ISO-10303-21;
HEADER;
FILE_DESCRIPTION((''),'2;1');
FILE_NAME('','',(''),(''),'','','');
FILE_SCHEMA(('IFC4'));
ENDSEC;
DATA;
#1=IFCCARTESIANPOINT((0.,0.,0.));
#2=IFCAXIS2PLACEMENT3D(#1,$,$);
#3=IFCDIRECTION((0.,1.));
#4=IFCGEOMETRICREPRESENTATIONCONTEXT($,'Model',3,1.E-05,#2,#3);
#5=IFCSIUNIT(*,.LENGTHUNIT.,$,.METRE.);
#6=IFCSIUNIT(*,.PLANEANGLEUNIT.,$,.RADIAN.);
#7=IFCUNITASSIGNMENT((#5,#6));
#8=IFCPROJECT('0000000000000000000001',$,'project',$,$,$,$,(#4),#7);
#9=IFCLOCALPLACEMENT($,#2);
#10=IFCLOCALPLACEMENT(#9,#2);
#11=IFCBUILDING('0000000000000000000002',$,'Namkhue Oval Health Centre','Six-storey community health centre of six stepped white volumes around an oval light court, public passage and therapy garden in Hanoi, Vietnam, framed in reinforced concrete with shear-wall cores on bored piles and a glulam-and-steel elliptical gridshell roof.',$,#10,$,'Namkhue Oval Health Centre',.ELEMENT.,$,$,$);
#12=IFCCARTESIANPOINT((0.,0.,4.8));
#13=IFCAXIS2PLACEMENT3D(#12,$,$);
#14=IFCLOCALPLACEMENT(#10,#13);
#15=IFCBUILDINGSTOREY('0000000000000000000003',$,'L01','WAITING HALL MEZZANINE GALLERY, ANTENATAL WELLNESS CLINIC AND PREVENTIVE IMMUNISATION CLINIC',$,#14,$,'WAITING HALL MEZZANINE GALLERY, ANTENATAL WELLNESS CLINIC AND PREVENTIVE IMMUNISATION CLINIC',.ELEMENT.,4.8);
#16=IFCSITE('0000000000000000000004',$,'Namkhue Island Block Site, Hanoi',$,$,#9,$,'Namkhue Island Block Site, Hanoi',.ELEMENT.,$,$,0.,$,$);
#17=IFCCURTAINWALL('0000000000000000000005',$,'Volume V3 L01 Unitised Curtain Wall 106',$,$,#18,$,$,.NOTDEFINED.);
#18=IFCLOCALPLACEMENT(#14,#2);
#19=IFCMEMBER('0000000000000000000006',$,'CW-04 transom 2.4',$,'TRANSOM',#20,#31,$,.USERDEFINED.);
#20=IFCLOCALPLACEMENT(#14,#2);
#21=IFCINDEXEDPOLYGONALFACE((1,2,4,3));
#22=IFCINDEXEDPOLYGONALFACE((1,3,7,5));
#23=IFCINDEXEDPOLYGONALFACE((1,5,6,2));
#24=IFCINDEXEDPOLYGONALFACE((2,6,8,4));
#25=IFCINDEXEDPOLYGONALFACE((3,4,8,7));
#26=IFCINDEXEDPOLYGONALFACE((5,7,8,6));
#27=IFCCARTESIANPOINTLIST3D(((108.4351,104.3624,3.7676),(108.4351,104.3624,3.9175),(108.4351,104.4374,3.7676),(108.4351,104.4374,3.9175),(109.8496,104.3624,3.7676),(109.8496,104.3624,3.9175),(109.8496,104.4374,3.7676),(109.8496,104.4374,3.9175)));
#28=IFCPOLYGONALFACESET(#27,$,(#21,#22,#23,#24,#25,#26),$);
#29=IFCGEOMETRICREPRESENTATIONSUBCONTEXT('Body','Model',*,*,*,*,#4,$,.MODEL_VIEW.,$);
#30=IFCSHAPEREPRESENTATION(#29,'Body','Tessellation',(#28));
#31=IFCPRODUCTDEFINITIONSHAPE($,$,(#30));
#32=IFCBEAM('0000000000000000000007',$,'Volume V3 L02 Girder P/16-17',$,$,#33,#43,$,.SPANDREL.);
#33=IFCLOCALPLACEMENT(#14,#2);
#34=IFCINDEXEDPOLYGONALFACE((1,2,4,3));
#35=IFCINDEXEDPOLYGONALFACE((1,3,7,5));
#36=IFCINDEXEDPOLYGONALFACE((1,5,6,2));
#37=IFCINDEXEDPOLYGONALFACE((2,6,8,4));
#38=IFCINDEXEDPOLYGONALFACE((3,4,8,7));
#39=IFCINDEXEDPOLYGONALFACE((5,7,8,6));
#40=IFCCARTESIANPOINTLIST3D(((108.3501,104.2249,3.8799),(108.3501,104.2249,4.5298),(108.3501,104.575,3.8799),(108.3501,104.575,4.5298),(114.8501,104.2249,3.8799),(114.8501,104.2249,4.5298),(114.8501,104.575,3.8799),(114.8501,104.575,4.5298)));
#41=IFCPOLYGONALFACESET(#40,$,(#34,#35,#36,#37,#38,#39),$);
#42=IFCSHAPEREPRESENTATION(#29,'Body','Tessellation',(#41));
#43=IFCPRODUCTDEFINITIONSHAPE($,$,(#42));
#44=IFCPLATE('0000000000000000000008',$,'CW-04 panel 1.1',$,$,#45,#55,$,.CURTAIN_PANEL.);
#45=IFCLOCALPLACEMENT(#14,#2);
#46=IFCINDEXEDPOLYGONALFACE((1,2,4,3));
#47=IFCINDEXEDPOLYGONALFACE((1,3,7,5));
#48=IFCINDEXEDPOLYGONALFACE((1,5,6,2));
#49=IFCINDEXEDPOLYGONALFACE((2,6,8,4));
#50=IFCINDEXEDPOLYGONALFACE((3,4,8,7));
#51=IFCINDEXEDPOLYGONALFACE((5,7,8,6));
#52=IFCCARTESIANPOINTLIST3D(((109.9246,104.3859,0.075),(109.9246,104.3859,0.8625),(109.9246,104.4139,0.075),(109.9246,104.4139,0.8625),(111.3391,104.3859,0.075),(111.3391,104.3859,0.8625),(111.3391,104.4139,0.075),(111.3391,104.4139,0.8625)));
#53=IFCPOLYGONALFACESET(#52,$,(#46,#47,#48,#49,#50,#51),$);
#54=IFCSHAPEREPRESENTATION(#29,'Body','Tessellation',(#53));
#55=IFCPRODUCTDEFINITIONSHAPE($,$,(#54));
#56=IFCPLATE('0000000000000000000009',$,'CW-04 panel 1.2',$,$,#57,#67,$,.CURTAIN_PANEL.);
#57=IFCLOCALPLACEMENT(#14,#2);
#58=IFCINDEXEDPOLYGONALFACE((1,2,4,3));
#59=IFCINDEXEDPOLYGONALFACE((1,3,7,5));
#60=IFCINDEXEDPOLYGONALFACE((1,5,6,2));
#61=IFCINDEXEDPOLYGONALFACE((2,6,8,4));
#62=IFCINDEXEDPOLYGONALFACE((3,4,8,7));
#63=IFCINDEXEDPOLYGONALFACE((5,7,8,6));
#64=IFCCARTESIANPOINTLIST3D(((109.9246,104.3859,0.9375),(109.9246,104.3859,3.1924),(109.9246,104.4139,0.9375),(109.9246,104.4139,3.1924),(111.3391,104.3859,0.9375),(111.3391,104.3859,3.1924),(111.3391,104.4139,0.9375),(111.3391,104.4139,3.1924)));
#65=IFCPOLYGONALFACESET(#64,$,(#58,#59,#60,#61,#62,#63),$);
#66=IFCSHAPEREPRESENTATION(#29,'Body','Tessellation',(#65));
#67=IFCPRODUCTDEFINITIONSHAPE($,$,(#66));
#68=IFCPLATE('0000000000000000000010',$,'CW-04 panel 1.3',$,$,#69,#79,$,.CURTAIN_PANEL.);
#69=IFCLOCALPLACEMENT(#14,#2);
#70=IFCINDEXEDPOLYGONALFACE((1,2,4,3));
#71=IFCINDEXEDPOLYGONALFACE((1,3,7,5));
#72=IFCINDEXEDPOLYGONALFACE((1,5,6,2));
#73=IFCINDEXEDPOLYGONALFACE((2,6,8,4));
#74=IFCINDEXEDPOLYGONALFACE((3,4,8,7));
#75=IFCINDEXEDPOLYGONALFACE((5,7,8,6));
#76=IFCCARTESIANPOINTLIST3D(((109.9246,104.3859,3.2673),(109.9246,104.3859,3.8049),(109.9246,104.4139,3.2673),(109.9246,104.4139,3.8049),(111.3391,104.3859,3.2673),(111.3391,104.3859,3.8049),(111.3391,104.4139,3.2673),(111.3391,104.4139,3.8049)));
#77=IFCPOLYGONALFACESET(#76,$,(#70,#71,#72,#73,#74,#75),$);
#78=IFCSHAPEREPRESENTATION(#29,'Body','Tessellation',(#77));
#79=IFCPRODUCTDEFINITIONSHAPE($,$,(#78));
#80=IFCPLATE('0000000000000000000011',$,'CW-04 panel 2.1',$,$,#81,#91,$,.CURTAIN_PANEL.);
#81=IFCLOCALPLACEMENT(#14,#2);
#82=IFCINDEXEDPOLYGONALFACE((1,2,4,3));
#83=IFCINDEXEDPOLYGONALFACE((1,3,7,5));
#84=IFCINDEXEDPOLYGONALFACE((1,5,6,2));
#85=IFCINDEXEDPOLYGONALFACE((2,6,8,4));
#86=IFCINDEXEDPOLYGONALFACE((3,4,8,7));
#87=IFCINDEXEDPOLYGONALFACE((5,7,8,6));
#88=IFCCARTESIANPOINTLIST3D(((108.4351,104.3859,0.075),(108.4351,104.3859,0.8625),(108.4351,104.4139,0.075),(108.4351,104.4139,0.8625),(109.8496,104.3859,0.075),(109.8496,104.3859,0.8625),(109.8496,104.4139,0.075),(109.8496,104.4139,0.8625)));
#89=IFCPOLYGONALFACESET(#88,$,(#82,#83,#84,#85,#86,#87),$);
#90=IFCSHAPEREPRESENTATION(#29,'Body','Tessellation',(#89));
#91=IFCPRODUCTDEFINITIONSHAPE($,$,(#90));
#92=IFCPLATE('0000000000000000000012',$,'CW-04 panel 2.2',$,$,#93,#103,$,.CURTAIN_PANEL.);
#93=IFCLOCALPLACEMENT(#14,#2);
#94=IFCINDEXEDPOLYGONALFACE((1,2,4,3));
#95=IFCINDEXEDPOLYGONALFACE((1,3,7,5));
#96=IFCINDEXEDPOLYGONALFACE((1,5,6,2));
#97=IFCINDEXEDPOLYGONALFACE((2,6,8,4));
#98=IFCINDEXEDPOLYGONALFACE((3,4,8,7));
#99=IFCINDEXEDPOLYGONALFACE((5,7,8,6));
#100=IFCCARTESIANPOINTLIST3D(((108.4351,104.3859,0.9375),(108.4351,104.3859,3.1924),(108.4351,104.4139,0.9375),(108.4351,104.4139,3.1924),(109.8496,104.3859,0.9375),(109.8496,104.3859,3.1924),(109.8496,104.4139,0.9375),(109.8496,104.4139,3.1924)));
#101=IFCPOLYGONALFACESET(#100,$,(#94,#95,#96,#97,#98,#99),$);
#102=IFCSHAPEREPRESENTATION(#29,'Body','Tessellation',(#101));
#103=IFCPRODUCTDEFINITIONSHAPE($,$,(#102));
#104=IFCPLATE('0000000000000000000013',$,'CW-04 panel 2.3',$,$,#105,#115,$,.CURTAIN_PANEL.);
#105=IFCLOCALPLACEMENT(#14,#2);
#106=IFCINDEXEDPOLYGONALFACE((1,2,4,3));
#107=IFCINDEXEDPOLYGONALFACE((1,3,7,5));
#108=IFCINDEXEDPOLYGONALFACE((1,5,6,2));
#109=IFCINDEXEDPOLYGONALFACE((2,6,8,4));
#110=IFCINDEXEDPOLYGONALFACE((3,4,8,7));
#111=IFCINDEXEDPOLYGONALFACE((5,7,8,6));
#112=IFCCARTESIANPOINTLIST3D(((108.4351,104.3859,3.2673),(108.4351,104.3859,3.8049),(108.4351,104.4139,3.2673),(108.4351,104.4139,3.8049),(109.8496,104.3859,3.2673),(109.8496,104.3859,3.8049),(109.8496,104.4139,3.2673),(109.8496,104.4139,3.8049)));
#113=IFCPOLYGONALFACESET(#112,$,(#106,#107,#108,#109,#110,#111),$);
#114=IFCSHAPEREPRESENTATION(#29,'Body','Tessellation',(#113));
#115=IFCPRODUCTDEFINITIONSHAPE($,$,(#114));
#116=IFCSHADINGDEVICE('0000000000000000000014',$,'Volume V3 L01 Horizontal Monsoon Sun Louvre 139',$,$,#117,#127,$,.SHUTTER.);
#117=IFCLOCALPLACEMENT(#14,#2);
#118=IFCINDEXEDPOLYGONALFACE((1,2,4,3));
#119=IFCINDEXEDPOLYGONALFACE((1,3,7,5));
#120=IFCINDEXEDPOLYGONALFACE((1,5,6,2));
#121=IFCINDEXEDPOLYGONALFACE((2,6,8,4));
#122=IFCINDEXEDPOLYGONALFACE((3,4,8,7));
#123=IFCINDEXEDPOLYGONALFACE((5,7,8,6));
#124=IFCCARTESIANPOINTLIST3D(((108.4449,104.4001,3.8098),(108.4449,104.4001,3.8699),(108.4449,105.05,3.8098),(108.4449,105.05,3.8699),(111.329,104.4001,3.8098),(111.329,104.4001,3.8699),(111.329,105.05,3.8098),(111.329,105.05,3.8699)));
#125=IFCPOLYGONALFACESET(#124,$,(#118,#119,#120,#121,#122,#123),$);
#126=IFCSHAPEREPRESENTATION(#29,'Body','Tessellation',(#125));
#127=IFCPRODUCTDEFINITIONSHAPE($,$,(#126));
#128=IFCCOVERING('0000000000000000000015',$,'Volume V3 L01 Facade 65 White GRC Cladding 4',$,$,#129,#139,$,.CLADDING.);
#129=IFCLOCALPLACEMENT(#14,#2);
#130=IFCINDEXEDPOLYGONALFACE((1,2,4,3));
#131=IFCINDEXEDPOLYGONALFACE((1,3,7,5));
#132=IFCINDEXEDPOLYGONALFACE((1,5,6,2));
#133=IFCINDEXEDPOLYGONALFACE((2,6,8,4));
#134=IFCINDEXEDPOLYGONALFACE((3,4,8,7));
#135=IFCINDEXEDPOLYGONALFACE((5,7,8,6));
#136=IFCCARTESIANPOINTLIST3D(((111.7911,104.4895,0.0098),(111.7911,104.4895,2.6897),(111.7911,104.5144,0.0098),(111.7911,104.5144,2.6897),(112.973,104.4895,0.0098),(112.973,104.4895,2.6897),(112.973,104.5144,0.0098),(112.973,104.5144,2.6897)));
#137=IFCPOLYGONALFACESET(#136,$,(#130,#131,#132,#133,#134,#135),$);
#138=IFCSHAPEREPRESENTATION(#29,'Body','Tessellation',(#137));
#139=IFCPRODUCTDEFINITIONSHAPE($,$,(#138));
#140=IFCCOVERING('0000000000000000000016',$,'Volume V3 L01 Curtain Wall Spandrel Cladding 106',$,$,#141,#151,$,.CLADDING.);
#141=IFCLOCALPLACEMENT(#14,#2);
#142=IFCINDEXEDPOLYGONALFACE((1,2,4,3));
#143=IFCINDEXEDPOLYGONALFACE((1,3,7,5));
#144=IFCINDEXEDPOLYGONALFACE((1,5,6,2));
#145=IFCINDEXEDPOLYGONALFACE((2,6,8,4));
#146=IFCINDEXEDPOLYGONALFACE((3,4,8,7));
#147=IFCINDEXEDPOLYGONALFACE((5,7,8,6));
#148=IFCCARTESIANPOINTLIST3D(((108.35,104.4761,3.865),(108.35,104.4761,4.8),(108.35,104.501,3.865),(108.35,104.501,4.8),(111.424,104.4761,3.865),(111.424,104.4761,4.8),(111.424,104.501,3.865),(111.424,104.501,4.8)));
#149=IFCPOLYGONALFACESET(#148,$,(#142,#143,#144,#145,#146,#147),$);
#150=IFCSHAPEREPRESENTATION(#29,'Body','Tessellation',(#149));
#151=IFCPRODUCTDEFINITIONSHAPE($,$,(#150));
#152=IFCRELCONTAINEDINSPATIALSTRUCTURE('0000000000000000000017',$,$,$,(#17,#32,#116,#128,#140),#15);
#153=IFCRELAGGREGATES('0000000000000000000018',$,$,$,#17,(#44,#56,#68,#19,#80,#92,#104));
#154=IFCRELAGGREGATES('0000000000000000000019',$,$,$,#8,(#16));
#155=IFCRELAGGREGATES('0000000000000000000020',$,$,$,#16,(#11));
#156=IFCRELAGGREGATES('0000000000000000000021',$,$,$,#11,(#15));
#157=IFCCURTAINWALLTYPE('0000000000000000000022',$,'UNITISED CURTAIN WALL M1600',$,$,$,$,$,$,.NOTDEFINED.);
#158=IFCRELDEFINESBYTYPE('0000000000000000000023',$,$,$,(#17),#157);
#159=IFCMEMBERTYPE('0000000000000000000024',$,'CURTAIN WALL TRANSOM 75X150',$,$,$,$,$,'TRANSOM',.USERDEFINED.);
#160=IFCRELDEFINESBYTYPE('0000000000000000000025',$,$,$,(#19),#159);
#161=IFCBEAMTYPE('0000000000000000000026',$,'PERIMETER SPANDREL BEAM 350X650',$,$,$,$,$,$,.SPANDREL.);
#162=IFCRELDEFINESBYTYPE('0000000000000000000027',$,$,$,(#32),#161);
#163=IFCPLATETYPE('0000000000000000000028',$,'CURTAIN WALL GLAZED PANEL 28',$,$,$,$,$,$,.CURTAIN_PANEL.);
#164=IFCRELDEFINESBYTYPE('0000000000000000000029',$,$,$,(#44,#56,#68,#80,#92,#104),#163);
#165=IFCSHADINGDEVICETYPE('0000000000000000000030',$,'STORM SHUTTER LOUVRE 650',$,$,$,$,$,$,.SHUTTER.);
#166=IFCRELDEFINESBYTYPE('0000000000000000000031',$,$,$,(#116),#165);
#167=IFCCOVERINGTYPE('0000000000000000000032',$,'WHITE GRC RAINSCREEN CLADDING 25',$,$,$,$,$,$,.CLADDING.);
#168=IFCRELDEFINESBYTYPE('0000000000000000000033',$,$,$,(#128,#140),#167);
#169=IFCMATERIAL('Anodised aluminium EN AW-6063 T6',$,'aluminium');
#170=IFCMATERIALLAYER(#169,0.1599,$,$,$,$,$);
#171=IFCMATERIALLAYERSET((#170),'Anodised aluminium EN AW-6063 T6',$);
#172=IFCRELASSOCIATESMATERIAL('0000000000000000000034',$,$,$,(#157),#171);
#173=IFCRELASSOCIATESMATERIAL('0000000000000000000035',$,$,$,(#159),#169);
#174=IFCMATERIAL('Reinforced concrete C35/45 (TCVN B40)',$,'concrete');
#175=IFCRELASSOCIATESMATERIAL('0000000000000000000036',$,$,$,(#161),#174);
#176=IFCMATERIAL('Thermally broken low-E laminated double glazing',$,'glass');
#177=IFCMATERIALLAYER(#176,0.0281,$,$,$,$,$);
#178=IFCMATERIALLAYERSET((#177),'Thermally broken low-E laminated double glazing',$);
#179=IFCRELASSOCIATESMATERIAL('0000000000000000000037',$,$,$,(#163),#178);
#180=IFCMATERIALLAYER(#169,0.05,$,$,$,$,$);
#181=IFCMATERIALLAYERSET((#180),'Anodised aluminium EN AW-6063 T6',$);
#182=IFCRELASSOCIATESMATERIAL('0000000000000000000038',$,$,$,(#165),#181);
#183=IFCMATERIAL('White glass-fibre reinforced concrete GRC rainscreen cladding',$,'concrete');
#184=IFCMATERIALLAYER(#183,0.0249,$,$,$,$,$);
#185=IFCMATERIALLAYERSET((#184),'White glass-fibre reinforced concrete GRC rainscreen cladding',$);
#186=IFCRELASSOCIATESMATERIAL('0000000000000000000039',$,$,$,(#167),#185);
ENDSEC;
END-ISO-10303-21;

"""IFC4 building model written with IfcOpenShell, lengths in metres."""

from ifc_helpers import new_model, si_unit, direction, frame, origin, origin_2d, place, context, subcontext, project, spatial, rectangle, extrude, material, layer, layer_set, material_profile, profile_set, type_object, element, aggregate, save


model = new_model("IFC4")

# Units and contexts
model_context = context("Model", 3, precision=1e-05, world=origin(), true_north=direction((0.0, 1.0)))
body_context = subcontext(model_context, "Body", "Model", "MODEL_VIEW")
ifc_project = project(units=[si_unit("LENGTHUNIT", "METRE"), si_unit("PLANEANGLEUNIT", "RADIAN")], contexts=[model_context])

# Site, building, storey
site_placement = place(None, origin())
site = spatial("IfcSite", under=ifc_project, at=site_placement, Name="Namkhue Island Block Site, Hanoi", LongName="Namkhue Island Block Site, Hanoi", CompositionType="ELEMENT", RefElevation=0.0)
building_placement = place(site_placement, origin())
building = spatial("IfcBuilding", under=site, at=building_placement, Name="Namkhue Oval Health Centre", Description="Six-storey community health centre of six stepped white volumes around an oval light court, public passage and therapy garden in Hanoi, Vietnam, framed in reinforced concrete with shear-wall cores on bored piles and a glulam-and-steel elliptical gridshell roof.", LongName="Namkhue Oval Health Centre", CompositionType="ELEMENT")
storey_placement = place(building_placement, frame((0.0, 0.0, 4.8)))
storey = spatial("IfcBuildingStorey", under=building, at=storey_placement, Name="L01", Description="WAITING HALL MEZZANINE GALLERY, ANTENATAL WELLNESS CLINIC AND PREVENTIVE IMMUNISATION CLINIC", LongName="WAITING HALL MEZZANINE GALLERY, ANTENATAL WELLNESS CLINIC AND PREVENTIVE IMMUNISATION CLINIC", CompositionType="ELEMENT", Elevation=4.8)

# Shared definitions
ifc_material_1 = material(Name="Reinforced concrete C35/45 (TCVN B40)", Category="concrete")

# Curtain wall, member
ifc_material_2 = material(Name="Anodised aluminium EN AW-6063 T6", Category="aluminium")
ifc_layer_1 = layer(ifc_material_2, 0.1599)
ifc_layer_set_1 = layer_set([ifc_layer_1], Name="Anodised aluminium EN AW-6063 T6")
curtain_wall_type = type_object("IfcCurtainWallType", Name="UNITISED CURTAIN WALL M1600", PredefinedType="NOTDEFINED", material=ifc_layer_set_1)
curtain_wall_placement = place(storey_placement, origin())
curtain_wall = element("IfcCurtainWall", 1, at=curtain_wall_placement, inside=storey, type_object=curtain_wall_type, Name="Volume V3 L01 Unitised Curtain Wall 106", PredefinedType="NOTDEFINED")
ifc_material_profile_1 = material_profile(ifc_material_2, rectangle(XDim=0.075, YDim=0.1499, at=origin_2d()), Name="ALU 75x150")
ifc_profile_set_1 = profile_set([ifc_material_profile_1], Name="Anodised aluminium EN AW-6063 T6")
member_type_1 = type_object("IfcMemberType", Name="CURTAIN WALL TRANSOM 75X150", ElementType="TRANSOM", PredefinedType="USERDEFINED", material=ifc_profile_set_1)
member_1_placement = place(storey_placement, frame((109.8496, 104.3999, 3.8425), z_axis=(-1.0, 0.0, 0.0), x_axis=(0.0, -1.0, 0.0)))
member_1 = element("IfcMember", 2, at=member_1_placement, type_object=member_type_1, Name="CW-04 transom 2.4", ObjectType="TRANSOM", PredefinedType="USERDEFINED", context=body_context, shape_type="SweptSolid", body=[
    extrude(rectangle(XDim=0.075, YDim=0.1499, at=origin_2d()), origin(), (0.0, 0.0, 1.0), 1.4146),
])

# Beam
ifc_material_profile_2 = material_profile(ifc_material_1, rectangle(XDim=0.3501, YDim=0.6499, at=origin_2d()), Name="RC 350x650")
ifc_profile_set_2 = profile_set([ifc_material_profile_2], Name="Reinforced concrete C35/45 (TCVN B40)")
beam_type = type_object("IfcBeamType", Name="PERIMETER SPANDREL BEAM 350X650", PredefinedType="SPANDREL", material=ifc_profile_set_2)
beam_placement = place(storey_placement, frame((108.3501, 104.3999, 4.2048), z_axis=(1.0, 0.0, 0.0), x_axis=(0.0, 1.0, 0.0)))
element("IfcBeam", 3, at=beam_placement, inside=storey, type_object=beam_type, Name="Volume V3 L02 Girder P/16-17", PredefinedType="SPANDREL", context=body_context, shape_type="SweptSolid", body=[
    extrude(rectangle(XDim=0.3501, YDim=0.6499, at=origin_2d()), origin(), (0.0, 0.0, 1.0), 6.5),
])

# Plates
ifc_material_3 = material(Name="Thermally broken low-E laminated double glazing", Category="glass")
ifc_layer_2 = layer(ifc_material_3, 0.0281)
ifc_layer_set_2 = layer_set([ifc_layer_2], Name="Thermally broken low-E laminated double glazing")
plate_type = type_object("IfcPlateType", Name="CURTAIN WALL GLAZED PANEL 28", PredefinedType="CURTAIN_PANEL", material=ifc_layer_set_2)
plate_1_placement = place(storey_placement, frame((110.6318, 104.3999, 0.075), z_axis=(0.0, 0.0, 1.0), x_axis=(-1.0, 0.0, 0.0)))
plate_1 = element("IfcPlate", 4, at=plate_1_placement, type_object=plate_type, Name="CW-04 panel 1.1", PredefinedType="CURTAIN_PANEL", context=body_context, shape_type="SweptSolid", body=[
    extrude(rectangle(XDim=1.4146, YDim=0.0281, at=origin_2d()), origin(), (0.0, 0.0, 1.0), 0.7876),
])
plate_2_placement = place(storey_placement, frame((110.6318, 104.3999, 0.9375), z_axis=(0.0, 0.0, 1.0), x_axis=(-1.0, 0.0, 0.0)))
plate_2 = element("IfcPlate", 5, at=plate_2_placement, type_object=plate_type, Name="CW-04 panel 1.2", PredefinedType="CURTAIN_PANEL", context=body_context, shape_type="SweptSolid", body=[
    extrude(rectangle(XDim=1.4146, YDim=0.0281, at=origin_2d()), origin(), (0.0, 0.0, 1.0), 2.2549),
])
plate_3_placement = place(storey_placement, frame((110.6318, 104.3999, 3.2673), z_axis=(0.0, 0.0, 1.0), x_axis=(-1.0, 0.0, 0.0)))
plate_3 = element("IfcPlate", 6, at=plate_3_placement, type_object=plate_type, Name="CW-04 panel 1.3", PredefinedType="CURTAIN_PANEL", context=body_context, shape_type="SweptSolid", body=[
    extrude(rectangle(XDim=1.4146, YDim=0.0281, at=origin_2d()), origin(), (0.0, 0.0, 1.0), 0.5376),
])
plate_4_placement = place(storey_placement, frame((109.1423, 104.3999, 0.075), z_axis=(0.0, 0.0, 1.0), x_axis=(-1.0, 0.0, 0.0)))
plate_4 = element("IfcPlate", 7, at=plate_4_placement, type_object=plate_type, Name="CW-04 panel 2.1", PredefinedType="CURTAIN_PANEL", context=body_context, shape_type="SweptSolid", body=[
    extrude(rectangle(XDim=1.4146, YDim=0.0281, at=origin_2d()), origin(), (0.0, 0.0, 1.0), 0.7876),
])
plate_5_placement = place(storey_placement, frame((109.1423, 104.3999, 0.9375), z_axis=(0.0, 0.0, 1.0), x_axis=(-1.0, 0.0, 0.0)))
plate_5 = element("IfcPlate", 8, at=plate_5_placement, type_object=plate_type, Name="CW-04 panel 2.2", PredefinedType="CURTAIN_PANEL", context=body_context, shape_type="SweptSolid", body=[
    extrude(rectangle(XDim=1.4146, YDim=0.0281, at=origin_2d()), origin(), (0.0, 0.0, 1.0), 2.2549),
])
plate_6_placement = place(storey_placement, frame((109.1423, 104.3999, 3.2673), z_axis=(0.0, 0.0, 1.0), x_axis=(-1.0, 0.0, 0.0)))
plate_6 = element("IfcPlate", 9, at=plate_6_placement, type_object=plate_type, Name="CW-04 panel 2.3", PredefinedType="CURTAIN_PANEL", context=body_context, shape_type="SweptSolid", body=[
    extrude(rectangle(XDim=1.4146, YDim=0.0281, at=origin_2d()), origin(), (0.0, 0.0, 1.0), 0.5376),
])
aggregate(curtain_wall, [plate_1, plate_2, plate_3, member_1, plate_4, plate_5, plate_6])

# Shading device
ifc_layer_3 = layer(ifc_material_2, 0.05)
ifc_layer_set_3 = layer_set([ifc_layer_3], Name="Anodised aluminium EN AW-6063 T6")
shading_device_type = type_object("IfcShadingDeviceType", Name="STORM SHUTTER LOUVRE 650", PredefinedType="SHUTTER", material=ifc_layer_set_3)
shading_device_placement = place(storey_placement, frame((109.887, 104.7251, 3.8098), z_axis=(0.0, 0.0, 1.0), x_axis=(-1.0, 0.0, 0.0)))
element("IfcShadingDevice", 10, at=shading_device_placement, inside=storey, type_object=shading_device_type, Name="Volume V3 L01 Horizontal Monsoon Sun Louvre 139", PredefinedType="SHUTTER", context=body_context, shape_type="SweptSolid", body=[
    extrude(rectangle(XDim=2.884, YDim=0.6499, at=origin_2d()), origin(), (0.0, 0.0, 1.0), 0.0601),
])

# Coverings
ifc_material_4 = material(Name="White glass-fibre reinforced concrete GRC rainscreen cladding", Category="concrete")
ifc_layer_4 = layer(ifc_material_4, 0.0249)
ifc_layer_set_4 = layer_set([ifc_layer_4], Name="White glass-fibre reinforced concrete GRC rainscreen cladding")
covering_type = type_object("IfcCoveringType", Name="WHITE GRC RAINSCREEN CLADDING 25", PredefinedType="CLADDING", material=ifc_layer_set_4)
covering_1_placement = place(storey_placement, frame((112.3821, 104.502, 0.0098), z_axis=(0.0, 0.0, 1.0), x_axis=(-1.0, 0.0, 0.0)))
element("IfcCovering", 11, at=covering_1_placement, inside=storey, type_object=covering_type, Name="Volume V3 L01 Facade 65 White GRC Cladding 4", PredefinedType="CLADDING", context=body_context, shape_type="SweptSolid", body=[
    extrude(rectangle(XDim=1.1819, YDim=0.0249, at=origin_2d()), origin(), (0.0, 0.0, 1.0), 2.6799),
])
covering_2_placement = place(storey_placement, frame((109.887, 104.4885, 3.865), z_axis=(0.0, 0.0, 1.0), x_axis=(-1.0, 0.0, 0.0)))
element("IfcCovering", 12, at=covering_2_placement, inside=storey, type_object=covering_type, Name="Volume V3 L01 Curtain Wall Spandrel Cladding 106", PredefinedType="CLADDING", context=body_context, shape_type="SweptSolid", body=[
    extrude(rectangle(XDim=3.074, YDim=0.0249, at=origin_2d()), origin(), (0.0, 0.0, 1.0), 0.9351),
])

save(model, "model.ifc")
